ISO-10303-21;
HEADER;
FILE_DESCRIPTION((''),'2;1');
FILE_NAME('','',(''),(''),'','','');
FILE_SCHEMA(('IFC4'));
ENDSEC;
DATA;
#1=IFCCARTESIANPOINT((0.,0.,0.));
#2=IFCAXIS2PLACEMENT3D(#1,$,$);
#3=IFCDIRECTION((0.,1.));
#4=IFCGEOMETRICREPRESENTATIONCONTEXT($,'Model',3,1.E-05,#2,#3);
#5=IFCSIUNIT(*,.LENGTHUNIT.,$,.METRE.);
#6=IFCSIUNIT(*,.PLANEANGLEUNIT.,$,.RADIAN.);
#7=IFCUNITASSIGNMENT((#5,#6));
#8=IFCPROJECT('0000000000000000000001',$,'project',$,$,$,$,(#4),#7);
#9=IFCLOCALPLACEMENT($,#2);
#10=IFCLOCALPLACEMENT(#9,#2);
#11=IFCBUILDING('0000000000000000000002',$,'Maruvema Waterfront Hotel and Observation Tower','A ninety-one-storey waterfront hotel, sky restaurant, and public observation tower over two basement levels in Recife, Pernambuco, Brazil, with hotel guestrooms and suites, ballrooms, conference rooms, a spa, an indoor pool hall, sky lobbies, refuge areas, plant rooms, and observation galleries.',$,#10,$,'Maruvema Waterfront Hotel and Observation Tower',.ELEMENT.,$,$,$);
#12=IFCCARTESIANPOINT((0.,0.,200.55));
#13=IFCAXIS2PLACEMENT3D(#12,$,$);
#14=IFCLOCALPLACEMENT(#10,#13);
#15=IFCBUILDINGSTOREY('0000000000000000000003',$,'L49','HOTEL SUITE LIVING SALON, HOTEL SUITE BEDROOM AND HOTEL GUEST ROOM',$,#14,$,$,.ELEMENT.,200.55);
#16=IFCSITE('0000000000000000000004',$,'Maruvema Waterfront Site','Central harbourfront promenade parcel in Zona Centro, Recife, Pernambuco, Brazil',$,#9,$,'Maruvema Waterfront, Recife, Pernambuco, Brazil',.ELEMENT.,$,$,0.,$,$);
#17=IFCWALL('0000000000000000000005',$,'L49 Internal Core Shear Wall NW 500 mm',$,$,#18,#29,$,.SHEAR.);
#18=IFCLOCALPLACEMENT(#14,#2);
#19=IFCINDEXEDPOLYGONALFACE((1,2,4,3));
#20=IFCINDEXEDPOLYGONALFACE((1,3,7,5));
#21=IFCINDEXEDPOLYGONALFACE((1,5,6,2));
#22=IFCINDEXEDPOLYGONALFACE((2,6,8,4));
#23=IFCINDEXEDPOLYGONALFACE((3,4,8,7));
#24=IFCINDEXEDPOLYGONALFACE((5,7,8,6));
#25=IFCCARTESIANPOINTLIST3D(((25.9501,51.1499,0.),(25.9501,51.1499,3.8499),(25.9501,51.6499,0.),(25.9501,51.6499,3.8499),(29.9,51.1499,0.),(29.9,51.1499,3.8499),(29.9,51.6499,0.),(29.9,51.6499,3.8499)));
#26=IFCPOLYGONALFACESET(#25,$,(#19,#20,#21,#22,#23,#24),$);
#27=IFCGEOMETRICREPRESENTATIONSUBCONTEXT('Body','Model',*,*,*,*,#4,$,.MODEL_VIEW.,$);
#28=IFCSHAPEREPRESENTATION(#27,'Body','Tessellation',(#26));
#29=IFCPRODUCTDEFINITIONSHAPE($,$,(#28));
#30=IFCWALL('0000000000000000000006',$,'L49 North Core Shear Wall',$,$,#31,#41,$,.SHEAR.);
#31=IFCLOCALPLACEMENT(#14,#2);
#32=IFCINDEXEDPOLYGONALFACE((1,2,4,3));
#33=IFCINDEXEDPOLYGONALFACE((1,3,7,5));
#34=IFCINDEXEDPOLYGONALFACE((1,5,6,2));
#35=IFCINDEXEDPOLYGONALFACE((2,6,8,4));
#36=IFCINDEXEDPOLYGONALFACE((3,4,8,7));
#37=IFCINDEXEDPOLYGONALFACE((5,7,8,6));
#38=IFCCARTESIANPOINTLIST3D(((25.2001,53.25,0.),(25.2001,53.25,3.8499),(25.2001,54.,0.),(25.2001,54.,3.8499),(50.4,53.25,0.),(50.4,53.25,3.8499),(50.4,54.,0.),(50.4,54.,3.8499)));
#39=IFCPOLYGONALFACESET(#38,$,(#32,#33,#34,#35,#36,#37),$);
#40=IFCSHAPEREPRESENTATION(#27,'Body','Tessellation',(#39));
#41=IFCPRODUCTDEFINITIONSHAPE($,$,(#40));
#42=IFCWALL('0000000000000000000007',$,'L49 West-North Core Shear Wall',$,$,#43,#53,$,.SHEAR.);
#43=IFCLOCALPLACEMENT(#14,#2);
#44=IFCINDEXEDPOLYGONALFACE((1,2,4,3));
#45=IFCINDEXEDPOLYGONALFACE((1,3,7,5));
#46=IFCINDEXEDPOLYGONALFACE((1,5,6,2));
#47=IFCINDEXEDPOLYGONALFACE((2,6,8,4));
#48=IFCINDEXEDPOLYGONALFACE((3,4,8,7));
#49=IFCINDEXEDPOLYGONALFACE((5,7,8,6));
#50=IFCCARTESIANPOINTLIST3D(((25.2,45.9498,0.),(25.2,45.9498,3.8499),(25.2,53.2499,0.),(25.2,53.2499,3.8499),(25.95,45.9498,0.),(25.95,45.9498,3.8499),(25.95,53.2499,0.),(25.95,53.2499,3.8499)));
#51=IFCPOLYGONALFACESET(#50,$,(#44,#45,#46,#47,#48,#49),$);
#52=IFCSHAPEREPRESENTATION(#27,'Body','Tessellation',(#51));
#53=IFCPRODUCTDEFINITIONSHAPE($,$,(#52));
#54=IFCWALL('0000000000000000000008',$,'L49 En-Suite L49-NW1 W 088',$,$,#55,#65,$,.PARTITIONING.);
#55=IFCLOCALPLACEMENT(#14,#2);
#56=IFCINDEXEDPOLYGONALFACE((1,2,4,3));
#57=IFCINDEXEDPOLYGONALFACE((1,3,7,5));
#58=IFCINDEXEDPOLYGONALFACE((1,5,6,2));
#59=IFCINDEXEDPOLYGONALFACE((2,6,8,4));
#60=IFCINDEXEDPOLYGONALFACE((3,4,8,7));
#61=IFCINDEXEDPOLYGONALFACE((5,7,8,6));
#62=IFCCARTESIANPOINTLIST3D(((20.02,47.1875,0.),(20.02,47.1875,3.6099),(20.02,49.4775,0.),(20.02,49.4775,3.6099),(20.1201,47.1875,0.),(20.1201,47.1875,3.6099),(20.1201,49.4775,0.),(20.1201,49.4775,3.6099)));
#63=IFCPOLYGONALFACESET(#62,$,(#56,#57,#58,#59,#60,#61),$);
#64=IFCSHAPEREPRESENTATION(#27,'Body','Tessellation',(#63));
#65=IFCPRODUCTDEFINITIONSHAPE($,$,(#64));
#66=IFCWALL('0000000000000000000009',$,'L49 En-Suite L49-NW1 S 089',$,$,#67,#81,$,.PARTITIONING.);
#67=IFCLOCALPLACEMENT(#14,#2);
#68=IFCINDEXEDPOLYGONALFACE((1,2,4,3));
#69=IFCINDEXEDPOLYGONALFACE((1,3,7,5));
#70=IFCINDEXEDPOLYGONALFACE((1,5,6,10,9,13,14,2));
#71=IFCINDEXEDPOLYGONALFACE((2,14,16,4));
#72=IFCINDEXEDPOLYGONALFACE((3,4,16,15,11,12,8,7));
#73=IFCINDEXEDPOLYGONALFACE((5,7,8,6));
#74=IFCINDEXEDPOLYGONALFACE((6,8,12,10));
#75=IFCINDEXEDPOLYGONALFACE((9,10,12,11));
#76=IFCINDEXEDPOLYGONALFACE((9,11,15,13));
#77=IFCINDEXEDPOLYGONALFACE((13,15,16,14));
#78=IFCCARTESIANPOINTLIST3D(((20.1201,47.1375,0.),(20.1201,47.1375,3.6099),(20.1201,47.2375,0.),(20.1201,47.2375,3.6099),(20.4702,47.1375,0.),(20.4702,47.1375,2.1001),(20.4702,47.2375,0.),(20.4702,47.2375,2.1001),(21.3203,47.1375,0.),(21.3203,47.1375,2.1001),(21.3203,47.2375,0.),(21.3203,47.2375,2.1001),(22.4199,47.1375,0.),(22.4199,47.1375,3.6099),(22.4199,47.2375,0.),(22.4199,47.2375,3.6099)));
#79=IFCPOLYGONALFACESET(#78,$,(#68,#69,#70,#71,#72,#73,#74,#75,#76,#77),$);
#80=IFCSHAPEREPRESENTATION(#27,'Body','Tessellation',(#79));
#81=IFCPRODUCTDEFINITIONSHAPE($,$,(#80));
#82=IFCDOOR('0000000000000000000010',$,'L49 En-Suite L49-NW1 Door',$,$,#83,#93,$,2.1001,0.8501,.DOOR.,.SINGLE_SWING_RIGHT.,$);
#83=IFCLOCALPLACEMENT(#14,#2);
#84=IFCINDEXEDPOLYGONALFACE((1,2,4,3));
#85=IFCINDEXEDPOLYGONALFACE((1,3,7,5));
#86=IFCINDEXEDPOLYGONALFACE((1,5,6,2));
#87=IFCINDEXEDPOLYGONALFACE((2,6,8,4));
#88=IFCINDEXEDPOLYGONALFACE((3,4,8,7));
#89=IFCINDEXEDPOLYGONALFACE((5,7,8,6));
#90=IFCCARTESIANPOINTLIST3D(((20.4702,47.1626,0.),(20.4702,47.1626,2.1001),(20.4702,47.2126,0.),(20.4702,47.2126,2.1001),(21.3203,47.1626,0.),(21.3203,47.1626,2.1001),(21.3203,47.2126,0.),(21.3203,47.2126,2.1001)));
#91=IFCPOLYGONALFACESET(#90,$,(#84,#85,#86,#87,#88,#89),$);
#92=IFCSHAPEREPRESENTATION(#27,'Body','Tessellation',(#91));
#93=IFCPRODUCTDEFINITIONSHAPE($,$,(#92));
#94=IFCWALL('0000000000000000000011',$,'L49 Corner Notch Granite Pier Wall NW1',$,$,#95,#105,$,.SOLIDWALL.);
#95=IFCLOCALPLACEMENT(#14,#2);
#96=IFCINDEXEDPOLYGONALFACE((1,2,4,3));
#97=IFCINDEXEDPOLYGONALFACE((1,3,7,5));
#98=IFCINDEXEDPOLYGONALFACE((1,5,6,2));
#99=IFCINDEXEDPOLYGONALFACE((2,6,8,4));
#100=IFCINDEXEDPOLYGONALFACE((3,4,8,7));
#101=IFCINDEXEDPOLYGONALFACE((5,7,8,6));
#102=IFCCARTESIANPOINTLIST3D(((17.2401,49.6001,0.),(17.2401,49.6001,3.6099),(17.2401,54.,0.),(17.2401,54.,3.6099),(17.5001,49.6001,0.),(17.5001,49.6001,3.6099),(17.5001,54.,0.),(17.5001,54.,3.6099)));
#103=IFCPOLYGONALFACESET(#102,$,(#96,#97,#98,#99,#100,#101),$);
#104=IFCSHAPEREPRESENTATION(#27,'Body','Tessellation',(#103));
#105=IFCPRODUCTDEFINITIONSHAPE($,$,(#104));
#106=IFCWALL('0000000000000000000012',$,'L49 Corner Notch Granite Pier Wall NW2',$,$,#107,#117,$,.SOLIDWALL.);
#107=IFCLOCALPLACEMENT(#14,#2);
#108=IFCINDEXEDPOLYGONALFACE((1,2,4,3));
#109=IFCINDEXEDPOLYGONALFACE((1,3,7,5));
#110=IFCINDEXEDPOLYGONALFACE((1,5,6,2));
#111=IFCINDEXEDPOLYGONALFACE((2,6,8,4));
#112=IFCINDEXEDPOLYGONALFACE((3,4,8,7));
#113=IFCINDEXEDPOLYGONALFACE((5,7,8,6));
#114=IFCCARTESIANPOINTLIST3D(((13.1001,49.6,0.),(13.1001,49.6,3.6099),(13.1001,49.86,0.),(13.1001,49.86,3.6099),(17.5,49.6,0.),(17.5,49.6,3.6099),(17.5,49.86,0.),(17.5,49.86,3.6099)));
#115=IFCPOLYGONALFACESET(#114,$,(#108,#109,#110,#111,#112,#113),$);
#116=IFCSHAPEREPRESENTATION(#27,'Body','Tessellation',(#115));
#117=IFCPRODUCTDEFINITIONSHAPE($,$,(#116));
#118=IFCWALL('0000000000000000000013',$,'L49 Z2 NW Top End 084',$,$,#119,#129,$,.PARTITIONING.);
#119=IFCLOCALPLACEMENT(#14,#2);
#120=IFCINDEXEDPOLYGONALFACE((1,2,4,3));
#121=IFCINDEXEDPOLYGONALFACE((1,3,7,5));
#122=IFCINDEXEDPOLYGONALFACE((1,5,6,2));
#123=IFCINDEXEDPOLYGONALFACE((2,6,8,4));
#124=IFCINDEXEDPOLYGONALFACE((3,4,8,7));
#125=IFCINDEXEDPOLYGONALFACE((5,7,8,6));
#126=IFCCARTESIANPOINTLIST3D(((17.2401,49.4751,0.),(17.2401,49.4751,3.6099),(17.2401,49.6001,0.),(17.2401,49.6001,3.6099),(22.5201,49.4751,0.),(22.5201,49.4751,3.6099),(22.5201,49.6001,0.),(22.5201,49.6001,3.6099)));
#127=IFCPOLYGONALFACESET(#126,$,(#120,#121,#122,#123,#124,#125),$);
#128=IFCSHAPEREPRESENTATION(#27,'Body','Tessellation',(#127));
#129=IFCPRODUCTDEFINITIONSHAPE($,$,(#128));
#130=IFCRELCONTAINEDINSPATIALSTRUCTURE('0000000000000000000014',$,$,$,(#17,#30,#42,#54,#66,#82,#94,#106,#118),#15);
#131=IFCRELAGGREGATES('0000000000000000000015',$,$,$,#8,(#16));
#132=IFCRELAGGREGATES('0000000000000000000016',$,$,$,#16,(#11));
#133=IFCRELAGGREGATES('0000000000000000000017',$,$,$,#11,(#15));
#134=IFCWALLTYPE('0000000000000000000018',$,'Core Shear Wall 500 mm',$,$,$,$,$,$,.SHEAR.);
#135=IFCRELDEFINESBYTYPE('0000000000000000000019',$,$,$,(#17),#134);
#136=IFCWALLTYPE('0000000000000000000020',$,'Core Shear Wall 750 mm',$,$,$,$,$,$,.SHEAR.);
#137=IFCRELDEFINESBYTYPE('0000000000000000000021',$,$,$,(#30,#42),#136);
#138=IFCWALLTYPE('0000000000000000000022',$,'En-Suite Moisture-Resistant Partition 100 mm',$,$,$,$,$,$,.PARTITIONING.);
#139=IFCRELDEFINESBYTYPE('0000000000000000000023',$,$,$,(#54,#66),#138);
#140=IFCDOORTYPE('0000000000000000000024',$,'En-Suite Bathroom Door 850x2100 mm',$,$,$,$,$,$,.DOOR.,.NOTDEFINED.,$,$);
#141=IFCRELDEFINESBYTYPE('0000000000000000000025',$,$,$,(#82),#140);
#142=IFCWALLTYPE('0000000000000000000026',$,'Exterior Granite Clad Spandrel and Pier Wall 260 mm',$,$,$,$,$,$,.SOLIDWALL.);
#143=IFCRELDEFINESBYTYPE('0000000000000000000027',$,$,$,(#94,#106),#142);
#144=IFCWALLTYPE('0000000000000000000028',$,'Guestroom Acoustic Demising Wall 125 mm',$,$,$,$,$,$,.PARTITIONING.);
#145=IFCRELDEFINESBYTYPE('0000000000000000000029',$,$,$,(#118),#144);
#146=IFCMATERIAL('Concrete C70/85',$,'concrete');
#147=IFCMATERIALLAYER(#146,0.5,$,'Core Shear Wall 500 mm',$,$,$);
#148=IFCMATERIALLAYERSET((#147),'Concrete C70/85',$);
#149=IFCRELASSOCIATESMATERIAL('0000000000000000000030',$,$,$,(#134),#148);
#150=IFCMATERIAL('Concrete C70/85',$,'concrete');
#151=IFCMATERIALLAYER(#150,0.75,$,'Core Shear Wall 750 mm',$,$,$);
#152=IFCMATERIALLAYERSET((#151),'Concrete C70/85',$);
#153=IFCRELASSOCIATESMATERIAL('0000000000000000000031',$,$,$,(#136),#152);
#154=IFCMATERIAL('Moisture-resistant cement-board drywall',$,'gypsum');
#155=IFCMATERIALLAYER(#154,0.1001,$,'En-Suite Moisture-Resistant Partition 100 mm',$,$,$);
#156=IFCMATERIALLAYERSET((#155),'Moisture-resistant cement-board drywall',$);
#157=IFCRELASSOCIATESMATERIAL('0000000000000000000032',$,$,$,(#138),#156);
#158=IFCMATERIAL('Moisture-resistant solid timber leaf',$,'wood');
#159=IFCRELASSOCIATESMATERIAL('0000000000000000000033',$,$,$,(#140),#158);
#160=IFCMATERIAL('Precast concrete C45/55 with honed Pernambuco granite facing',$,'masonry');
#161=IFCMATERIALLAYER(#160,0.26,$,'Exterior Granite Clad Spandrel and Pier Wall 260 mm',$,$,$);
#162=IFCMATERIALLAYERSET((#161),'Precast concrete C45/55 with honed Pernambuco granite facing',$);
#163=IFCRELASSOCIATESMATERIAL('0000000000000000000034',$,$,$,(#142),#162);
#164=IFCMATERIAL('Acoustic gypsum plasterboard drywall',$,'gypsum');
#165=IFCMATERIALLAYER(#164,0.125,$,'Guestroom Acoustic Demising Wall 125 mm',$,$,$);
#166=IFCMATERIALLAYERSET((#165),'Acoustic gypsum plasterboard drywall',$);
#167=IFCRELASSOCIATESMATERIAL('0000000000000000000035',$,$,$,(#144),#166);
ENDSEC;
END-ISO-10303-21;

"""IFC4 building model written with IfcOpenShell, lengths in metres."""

from ifc_helpers import new_model, si_unit, direction, frame, frame_2d, origin, place, context, subcontext, project, spatial, rectangle, extrude, material, layer, layer_set, type_object, element, fill, save


model = new_model("IFC4")

# Units and contexts
model_context = context("Model", 3, precision=1e-05, world=origin(), true_north=direction((0.0, 1.0)))
body_context = subcontext(model_context, "Body", "Model", "MODEL_VIEW")
ifc_project = project(units=[si_unit("LENGTHUNIT", "METRE"), si_unit("PLANEANGLEUNIT", "RADIAN")], contexts=[model_context])

# Site, building, storey
site_placement = place(None, origin())
site = spatial("IfcSite", under=ifc_project, at=site_placement, Name="Maruvema Waterfront Site", Description="Central harbourfront promenade parcel in Zona Centro, Recife, Pernambuco, Brazil", LongName="Maruvema Waterfront, Recife, Pernambuco, Brazil", CompositionType="ELEMENT", RefElevation=0.0)
building_placement = place(site_placement, origin())
building = spatial("IfcBuilding", under=site, at=building_placement, Name="Maruvema Waterfront Hotel and Observation Tower", Description="A ninety-one-storey waterfront hotel, sky restaurant, and public observation tower over two basement levels in Recife, Pernambuco, Brazil, with hotel guestrooms and suites, ballrooms, conference rooms, a spa, an indoor pool hall, sky lobbies, refuge areas, plant rooms, and observation galleries.", LongName="Maruvema Waterfront Hotel and Observation Tower", CompositionType="ELEMENT")
storey_placement = place(building_placement, frame((0.0, 0.0, 200.55)))
storey = spatial("IfcBuildingStorey", under=building, at=storey_placement, Name="L49", Description="HOTEL SUITE LIVING SALON, HOTEL SUITE BEDROOM AND HOTEL GUEST ROOM", CompositionType="ELEMENT", Elevation=200.55)

# Walls
ifc_material_1 = material(Name="Concrete C70/85", Category="concrete")
ifc_layer_1 = layer(ifc_material_1, 0.5, Name="Core Shear Wall 500 mm")
ifc_layer_set_1 = layer_set([ifc_layer_1], Name="Concrete C70/85")
wall_type_1 = type_object("IfcWallType", Name="Core Shear Wall 500 mm", PredefinedType="SHEAR", material=ifc_layer_set_1)
wall_1_placement = place(storey_placement, frame((25.95, 51.3999, 0.0), z_axis=(0.0, 0.0, 1.0), x_axis=(1.0, 0.0, 0.0)))
element("IfcWall", 1, at=wall_1_placement, inside=storey, type_object=wall_type_1, Name="L49 Internal Core Shear Wall NW 500 mm", PredefinedType="SHEAR", context=body_context, shape_type="SweptSolid", body=[
    extrude(rectangle(XDim=3.95, YDim=0.5, at=frame_2d((1.9751, 0.0))), origin(), (0.0, 0.0, 1.0), 3.8499),
])
ifc_material_2 = material(Name="Concrete C70/85", Category="concrete")
ifc_layer_2 = layer(ifc_material_2, 0.75, Name="Core Shear Wall 750 mm")
ifc_layer_set_2 = layer_set([ifc_layer_2], Name="Concrete C70/85")
wall_type_2 = type_object("IfcWallType", Name="Core Shear Wall 750 mm", PredefinedType="SHEAR", material=ifc_layer_set_2)
wall_2_placement = place(storey_placement, frame((25.2, 53.625, 0.0), z_axis=(0.0, 0.0, 1.0), x_axis=(1.0, 0.0, 0.0)))
element("IfcWall", 2, at=wall_2_placement, inside=storey, type_object=wall_type_2, Name="L49 North Core Shear Wall", PredefinedType="SHEAR", context=body_context, shape_type="SweptSolid", body=[
    extrude(rectangle(XDim=25.2, YDim=0.75, at=frame_2d((12.6001, 0.0))), origin(), (0.0, 0.0, 1.0), 3.8499),
])
wall_3_placement = place(storey_placement, frame((25.575, 45.95, 0.0), z_axis=(0.0, 0.0, 1.0), x_axis=(0.0, 1.0, 0.0)))
element("IfcWall", 3, at=wall_3_placement, inside=storey, type_object=wall_type_2, Name="L49 West-North Core Shear Wall", PredefinedType="SHEAR", context=body_context, shape_type="SweptSolid", body=[
    extrude(rectangle(XDim=7.3, YDim=0.75, at=frame_2d((3.6499, 0.0))), origin(), (0.0, 0.0, 1.0), 3.8499),
])
ifc_material_3 = material(Name="Moisture-resistant cement-board drywall", Category="gypsum")
ifc_layer_3 = layer(ifc_material_3, 0.1001, Name="En-Suite Moisture-Resistant Partition 100 mm")
ifc_layer_set_3 = layer_set([ifc_layer_3], Name="Moisture-resistant cement-board drywall")
wall_type_3 = type_object("IfcWallType", Name="En-Suite Moisture-Resistant Partition 100 mm", PredefinedType="PARTITIONING", material=ifc_layer_set_3)
wall_4_placement = place(storey_placement, frame((20.0701, 47.1875, 0.0), z_axis=(0.0, 0.0, 1.0), x_axis=(0.0, 1.0, 0.0)))
element("IfcWall", 4, at=wall_4_placement, inside=storey, type_object=wall_type_3, Name="L49 En-Suite L49-NW1 W 088", PredefinedType="PARTITIONING", context=body_context, shape_type="SweptSolid", body=[
    extrude(rectangle(XDim=2.29, YDim=0.1001, at=frame_2d((1.145, 0.0))), origin(), (0.0, 0.0, 1.0), 3.6099),
])

# Wall, opening, door
wall_5_placement = place(storey_placement, frame((20.1201, 47.1875, 0.0), z_axis=(0.0, 0.0, 1.0), x_axis=(1.0, 0.0, 0.0)))
wall_5 = element("IfcWall", 5, at=wall_5_placement, inside=storey, type_object=wall_type_3, Name="L49 En-Suite L49-NW1 S 089", PredefinedType="PARTITIONING", context=body_context, shape_type="SweptSolid", body=[
    extrude(rectangle(XDim=2.2998, YDim=0.1001, at=frame_2d((1.1499, 0.0))), origin(), (0.0, 0.0, 1.0), 3.6099),
])
opening_placement = place(wall_5_placement, frame((0.3501, 0.0, 0.0)))
opening = element("IfcOpeningElement", 6, at=opening_placement, cuts=wall_5, PredefinedType="OPENING", context=body_context, shape_type="SweptSolid", body=[
    extrude(rectangle(XDim=0.8501, YDim=2.1001, at=frame_2d((0.425, 1.05))), frame((0.0, 0.0601, 0.0), z_axis=(0.0, -1.0, 0.0), x_axis=(1.0, 0.0, 0.0)), (0.0, 0.0, 1.0), 0.1201),
])
ifc_material_4 = material(Name="Moisture-resistant solid timber leaf", Category="wood")
door_type = type_object("IfcDoorType", Name="En-Suite Bathroom Door 850x2100 mm", OperationType="NOTDEFINED", PredefinedType="DOOR", material=ifc_material_4)
door_placement = place(opening_placement, frame((0.8501, 0.0, 0.0), z_axis=(0.0, 0.0, 1.0), x_axis=(-1.0, 0.0, 0.0)))
door = element("IfcDoor", 7, at=door_placement, inside=storey, type_object=door_type, Name="L49 En-Suite L49-NW1 Door", OperationType="SINGLE_SWING_RIGHT", OverallHeight=2.1001, OverallWidth=0.8501, PredefinedType="DOOR", context=body_context, shape_type="SweptSolid", body=[
    extrude(rectangle(XDim=0.8501, YDim=2.1001, at=frame_2d((0.425, 1.05))), frame((0.0, 0.0249, 0.0), z_axis=(0.0, -1.0, 0.0), x_axis=(1.0, 0.0, 0.0)), (0.0, 0.0, 1.0), 0.05),
])
fill(opening, door)

# Walls
ifc_material_5 = material(Name="Precast concrete C45/55 with honed Pernambuco granite facing", Category="masonry")
ifc_layer_4 = layer(ifc_material_5, 0.26, Name="Exterior Granite Clad Spandrel and Pier Wall 260 mm")
ifc_layer_set_4 = layer_set([ifc_layer_4], Name="Precast concrete C45/55 with honed Pernambuco granite facing")
wall_type_4 = type_object("IfcWallType", Name="Exterior Granite Clad Spandrel and Pier Wall 260 mm", PredefinedType="SOLIDWALL", material=ifc_layer_set_4)
for number, where, z_axis, x_axis, name in (
    (8, (17.3701, 49.6001, 0.0), (0.0, 0.0, 1.0), (0.0, 1.0, 0.0), "L49 Corner Notch Granite Pier Wall NW1"),
    (9, (13.1001, 49.73, 0.0), (0.0, 0.0, 1.0), (1.0, 0.0, 0.0), "L49 Corner Notch Granite Pier Wall NW2"),
):
    element("IfcWall", number, at=place(storey_placement, frame(where, z_axis=z_axis, x_axis=x_axis)), inside=storey, type_object=wall_type_4, Name=name, PredefinedType="SOLIDWALL", context=body_context, shape_type="SweptSolid", body=[
        extrude(rectangle(XDim=4.3999, YDim=0.26, at=frame_2d((2.2, 0.0))), origin(), (0.0, 0.0, 1.0), 3.6099),
    ])
ifc_material_6 = material(Name="Acoustic gypsum plasterboard drywall", Category="gypsum")
ifc_layer_5 = layer(ifc_material_6, 0.125, Name="Guestroom Acoustic Demising Wall 125 mm")
ifc_layer_set_5 = layer_set([ifc_layer_5], Name="Acoustic gypsum plasterboard drywall")
wall_type_5 = type_object("IfcWallType", Name="Guestroom Acoustic Demising Wall 125 mm", PredefinedType="PARTITIONING", material=ifc_layer_set_5)
wall_6_placement = place(storey_placement, frame((17.24, 49.5376, 0.0), z_axis=(0.0, 0.0, 1.0), x_axis=(1.0, 0.0, 0.0)))
element("IfcWall", 10, at=wall_6_placement, inside=storey, type_object=wall_type_5, Name="L49 Z2 NW Top End 084", PredefinedType="PARTITIONING", context=body_context, shape_type="SweptSolid", body=[
    extrude(rectangle(XDim=5.28, YDim=0.125, at=frame_2d((2.6401, 0.0))), origin(), (0.0, 0.0, 1.0), 3.6099),
])

save(model, "model.ifc")
